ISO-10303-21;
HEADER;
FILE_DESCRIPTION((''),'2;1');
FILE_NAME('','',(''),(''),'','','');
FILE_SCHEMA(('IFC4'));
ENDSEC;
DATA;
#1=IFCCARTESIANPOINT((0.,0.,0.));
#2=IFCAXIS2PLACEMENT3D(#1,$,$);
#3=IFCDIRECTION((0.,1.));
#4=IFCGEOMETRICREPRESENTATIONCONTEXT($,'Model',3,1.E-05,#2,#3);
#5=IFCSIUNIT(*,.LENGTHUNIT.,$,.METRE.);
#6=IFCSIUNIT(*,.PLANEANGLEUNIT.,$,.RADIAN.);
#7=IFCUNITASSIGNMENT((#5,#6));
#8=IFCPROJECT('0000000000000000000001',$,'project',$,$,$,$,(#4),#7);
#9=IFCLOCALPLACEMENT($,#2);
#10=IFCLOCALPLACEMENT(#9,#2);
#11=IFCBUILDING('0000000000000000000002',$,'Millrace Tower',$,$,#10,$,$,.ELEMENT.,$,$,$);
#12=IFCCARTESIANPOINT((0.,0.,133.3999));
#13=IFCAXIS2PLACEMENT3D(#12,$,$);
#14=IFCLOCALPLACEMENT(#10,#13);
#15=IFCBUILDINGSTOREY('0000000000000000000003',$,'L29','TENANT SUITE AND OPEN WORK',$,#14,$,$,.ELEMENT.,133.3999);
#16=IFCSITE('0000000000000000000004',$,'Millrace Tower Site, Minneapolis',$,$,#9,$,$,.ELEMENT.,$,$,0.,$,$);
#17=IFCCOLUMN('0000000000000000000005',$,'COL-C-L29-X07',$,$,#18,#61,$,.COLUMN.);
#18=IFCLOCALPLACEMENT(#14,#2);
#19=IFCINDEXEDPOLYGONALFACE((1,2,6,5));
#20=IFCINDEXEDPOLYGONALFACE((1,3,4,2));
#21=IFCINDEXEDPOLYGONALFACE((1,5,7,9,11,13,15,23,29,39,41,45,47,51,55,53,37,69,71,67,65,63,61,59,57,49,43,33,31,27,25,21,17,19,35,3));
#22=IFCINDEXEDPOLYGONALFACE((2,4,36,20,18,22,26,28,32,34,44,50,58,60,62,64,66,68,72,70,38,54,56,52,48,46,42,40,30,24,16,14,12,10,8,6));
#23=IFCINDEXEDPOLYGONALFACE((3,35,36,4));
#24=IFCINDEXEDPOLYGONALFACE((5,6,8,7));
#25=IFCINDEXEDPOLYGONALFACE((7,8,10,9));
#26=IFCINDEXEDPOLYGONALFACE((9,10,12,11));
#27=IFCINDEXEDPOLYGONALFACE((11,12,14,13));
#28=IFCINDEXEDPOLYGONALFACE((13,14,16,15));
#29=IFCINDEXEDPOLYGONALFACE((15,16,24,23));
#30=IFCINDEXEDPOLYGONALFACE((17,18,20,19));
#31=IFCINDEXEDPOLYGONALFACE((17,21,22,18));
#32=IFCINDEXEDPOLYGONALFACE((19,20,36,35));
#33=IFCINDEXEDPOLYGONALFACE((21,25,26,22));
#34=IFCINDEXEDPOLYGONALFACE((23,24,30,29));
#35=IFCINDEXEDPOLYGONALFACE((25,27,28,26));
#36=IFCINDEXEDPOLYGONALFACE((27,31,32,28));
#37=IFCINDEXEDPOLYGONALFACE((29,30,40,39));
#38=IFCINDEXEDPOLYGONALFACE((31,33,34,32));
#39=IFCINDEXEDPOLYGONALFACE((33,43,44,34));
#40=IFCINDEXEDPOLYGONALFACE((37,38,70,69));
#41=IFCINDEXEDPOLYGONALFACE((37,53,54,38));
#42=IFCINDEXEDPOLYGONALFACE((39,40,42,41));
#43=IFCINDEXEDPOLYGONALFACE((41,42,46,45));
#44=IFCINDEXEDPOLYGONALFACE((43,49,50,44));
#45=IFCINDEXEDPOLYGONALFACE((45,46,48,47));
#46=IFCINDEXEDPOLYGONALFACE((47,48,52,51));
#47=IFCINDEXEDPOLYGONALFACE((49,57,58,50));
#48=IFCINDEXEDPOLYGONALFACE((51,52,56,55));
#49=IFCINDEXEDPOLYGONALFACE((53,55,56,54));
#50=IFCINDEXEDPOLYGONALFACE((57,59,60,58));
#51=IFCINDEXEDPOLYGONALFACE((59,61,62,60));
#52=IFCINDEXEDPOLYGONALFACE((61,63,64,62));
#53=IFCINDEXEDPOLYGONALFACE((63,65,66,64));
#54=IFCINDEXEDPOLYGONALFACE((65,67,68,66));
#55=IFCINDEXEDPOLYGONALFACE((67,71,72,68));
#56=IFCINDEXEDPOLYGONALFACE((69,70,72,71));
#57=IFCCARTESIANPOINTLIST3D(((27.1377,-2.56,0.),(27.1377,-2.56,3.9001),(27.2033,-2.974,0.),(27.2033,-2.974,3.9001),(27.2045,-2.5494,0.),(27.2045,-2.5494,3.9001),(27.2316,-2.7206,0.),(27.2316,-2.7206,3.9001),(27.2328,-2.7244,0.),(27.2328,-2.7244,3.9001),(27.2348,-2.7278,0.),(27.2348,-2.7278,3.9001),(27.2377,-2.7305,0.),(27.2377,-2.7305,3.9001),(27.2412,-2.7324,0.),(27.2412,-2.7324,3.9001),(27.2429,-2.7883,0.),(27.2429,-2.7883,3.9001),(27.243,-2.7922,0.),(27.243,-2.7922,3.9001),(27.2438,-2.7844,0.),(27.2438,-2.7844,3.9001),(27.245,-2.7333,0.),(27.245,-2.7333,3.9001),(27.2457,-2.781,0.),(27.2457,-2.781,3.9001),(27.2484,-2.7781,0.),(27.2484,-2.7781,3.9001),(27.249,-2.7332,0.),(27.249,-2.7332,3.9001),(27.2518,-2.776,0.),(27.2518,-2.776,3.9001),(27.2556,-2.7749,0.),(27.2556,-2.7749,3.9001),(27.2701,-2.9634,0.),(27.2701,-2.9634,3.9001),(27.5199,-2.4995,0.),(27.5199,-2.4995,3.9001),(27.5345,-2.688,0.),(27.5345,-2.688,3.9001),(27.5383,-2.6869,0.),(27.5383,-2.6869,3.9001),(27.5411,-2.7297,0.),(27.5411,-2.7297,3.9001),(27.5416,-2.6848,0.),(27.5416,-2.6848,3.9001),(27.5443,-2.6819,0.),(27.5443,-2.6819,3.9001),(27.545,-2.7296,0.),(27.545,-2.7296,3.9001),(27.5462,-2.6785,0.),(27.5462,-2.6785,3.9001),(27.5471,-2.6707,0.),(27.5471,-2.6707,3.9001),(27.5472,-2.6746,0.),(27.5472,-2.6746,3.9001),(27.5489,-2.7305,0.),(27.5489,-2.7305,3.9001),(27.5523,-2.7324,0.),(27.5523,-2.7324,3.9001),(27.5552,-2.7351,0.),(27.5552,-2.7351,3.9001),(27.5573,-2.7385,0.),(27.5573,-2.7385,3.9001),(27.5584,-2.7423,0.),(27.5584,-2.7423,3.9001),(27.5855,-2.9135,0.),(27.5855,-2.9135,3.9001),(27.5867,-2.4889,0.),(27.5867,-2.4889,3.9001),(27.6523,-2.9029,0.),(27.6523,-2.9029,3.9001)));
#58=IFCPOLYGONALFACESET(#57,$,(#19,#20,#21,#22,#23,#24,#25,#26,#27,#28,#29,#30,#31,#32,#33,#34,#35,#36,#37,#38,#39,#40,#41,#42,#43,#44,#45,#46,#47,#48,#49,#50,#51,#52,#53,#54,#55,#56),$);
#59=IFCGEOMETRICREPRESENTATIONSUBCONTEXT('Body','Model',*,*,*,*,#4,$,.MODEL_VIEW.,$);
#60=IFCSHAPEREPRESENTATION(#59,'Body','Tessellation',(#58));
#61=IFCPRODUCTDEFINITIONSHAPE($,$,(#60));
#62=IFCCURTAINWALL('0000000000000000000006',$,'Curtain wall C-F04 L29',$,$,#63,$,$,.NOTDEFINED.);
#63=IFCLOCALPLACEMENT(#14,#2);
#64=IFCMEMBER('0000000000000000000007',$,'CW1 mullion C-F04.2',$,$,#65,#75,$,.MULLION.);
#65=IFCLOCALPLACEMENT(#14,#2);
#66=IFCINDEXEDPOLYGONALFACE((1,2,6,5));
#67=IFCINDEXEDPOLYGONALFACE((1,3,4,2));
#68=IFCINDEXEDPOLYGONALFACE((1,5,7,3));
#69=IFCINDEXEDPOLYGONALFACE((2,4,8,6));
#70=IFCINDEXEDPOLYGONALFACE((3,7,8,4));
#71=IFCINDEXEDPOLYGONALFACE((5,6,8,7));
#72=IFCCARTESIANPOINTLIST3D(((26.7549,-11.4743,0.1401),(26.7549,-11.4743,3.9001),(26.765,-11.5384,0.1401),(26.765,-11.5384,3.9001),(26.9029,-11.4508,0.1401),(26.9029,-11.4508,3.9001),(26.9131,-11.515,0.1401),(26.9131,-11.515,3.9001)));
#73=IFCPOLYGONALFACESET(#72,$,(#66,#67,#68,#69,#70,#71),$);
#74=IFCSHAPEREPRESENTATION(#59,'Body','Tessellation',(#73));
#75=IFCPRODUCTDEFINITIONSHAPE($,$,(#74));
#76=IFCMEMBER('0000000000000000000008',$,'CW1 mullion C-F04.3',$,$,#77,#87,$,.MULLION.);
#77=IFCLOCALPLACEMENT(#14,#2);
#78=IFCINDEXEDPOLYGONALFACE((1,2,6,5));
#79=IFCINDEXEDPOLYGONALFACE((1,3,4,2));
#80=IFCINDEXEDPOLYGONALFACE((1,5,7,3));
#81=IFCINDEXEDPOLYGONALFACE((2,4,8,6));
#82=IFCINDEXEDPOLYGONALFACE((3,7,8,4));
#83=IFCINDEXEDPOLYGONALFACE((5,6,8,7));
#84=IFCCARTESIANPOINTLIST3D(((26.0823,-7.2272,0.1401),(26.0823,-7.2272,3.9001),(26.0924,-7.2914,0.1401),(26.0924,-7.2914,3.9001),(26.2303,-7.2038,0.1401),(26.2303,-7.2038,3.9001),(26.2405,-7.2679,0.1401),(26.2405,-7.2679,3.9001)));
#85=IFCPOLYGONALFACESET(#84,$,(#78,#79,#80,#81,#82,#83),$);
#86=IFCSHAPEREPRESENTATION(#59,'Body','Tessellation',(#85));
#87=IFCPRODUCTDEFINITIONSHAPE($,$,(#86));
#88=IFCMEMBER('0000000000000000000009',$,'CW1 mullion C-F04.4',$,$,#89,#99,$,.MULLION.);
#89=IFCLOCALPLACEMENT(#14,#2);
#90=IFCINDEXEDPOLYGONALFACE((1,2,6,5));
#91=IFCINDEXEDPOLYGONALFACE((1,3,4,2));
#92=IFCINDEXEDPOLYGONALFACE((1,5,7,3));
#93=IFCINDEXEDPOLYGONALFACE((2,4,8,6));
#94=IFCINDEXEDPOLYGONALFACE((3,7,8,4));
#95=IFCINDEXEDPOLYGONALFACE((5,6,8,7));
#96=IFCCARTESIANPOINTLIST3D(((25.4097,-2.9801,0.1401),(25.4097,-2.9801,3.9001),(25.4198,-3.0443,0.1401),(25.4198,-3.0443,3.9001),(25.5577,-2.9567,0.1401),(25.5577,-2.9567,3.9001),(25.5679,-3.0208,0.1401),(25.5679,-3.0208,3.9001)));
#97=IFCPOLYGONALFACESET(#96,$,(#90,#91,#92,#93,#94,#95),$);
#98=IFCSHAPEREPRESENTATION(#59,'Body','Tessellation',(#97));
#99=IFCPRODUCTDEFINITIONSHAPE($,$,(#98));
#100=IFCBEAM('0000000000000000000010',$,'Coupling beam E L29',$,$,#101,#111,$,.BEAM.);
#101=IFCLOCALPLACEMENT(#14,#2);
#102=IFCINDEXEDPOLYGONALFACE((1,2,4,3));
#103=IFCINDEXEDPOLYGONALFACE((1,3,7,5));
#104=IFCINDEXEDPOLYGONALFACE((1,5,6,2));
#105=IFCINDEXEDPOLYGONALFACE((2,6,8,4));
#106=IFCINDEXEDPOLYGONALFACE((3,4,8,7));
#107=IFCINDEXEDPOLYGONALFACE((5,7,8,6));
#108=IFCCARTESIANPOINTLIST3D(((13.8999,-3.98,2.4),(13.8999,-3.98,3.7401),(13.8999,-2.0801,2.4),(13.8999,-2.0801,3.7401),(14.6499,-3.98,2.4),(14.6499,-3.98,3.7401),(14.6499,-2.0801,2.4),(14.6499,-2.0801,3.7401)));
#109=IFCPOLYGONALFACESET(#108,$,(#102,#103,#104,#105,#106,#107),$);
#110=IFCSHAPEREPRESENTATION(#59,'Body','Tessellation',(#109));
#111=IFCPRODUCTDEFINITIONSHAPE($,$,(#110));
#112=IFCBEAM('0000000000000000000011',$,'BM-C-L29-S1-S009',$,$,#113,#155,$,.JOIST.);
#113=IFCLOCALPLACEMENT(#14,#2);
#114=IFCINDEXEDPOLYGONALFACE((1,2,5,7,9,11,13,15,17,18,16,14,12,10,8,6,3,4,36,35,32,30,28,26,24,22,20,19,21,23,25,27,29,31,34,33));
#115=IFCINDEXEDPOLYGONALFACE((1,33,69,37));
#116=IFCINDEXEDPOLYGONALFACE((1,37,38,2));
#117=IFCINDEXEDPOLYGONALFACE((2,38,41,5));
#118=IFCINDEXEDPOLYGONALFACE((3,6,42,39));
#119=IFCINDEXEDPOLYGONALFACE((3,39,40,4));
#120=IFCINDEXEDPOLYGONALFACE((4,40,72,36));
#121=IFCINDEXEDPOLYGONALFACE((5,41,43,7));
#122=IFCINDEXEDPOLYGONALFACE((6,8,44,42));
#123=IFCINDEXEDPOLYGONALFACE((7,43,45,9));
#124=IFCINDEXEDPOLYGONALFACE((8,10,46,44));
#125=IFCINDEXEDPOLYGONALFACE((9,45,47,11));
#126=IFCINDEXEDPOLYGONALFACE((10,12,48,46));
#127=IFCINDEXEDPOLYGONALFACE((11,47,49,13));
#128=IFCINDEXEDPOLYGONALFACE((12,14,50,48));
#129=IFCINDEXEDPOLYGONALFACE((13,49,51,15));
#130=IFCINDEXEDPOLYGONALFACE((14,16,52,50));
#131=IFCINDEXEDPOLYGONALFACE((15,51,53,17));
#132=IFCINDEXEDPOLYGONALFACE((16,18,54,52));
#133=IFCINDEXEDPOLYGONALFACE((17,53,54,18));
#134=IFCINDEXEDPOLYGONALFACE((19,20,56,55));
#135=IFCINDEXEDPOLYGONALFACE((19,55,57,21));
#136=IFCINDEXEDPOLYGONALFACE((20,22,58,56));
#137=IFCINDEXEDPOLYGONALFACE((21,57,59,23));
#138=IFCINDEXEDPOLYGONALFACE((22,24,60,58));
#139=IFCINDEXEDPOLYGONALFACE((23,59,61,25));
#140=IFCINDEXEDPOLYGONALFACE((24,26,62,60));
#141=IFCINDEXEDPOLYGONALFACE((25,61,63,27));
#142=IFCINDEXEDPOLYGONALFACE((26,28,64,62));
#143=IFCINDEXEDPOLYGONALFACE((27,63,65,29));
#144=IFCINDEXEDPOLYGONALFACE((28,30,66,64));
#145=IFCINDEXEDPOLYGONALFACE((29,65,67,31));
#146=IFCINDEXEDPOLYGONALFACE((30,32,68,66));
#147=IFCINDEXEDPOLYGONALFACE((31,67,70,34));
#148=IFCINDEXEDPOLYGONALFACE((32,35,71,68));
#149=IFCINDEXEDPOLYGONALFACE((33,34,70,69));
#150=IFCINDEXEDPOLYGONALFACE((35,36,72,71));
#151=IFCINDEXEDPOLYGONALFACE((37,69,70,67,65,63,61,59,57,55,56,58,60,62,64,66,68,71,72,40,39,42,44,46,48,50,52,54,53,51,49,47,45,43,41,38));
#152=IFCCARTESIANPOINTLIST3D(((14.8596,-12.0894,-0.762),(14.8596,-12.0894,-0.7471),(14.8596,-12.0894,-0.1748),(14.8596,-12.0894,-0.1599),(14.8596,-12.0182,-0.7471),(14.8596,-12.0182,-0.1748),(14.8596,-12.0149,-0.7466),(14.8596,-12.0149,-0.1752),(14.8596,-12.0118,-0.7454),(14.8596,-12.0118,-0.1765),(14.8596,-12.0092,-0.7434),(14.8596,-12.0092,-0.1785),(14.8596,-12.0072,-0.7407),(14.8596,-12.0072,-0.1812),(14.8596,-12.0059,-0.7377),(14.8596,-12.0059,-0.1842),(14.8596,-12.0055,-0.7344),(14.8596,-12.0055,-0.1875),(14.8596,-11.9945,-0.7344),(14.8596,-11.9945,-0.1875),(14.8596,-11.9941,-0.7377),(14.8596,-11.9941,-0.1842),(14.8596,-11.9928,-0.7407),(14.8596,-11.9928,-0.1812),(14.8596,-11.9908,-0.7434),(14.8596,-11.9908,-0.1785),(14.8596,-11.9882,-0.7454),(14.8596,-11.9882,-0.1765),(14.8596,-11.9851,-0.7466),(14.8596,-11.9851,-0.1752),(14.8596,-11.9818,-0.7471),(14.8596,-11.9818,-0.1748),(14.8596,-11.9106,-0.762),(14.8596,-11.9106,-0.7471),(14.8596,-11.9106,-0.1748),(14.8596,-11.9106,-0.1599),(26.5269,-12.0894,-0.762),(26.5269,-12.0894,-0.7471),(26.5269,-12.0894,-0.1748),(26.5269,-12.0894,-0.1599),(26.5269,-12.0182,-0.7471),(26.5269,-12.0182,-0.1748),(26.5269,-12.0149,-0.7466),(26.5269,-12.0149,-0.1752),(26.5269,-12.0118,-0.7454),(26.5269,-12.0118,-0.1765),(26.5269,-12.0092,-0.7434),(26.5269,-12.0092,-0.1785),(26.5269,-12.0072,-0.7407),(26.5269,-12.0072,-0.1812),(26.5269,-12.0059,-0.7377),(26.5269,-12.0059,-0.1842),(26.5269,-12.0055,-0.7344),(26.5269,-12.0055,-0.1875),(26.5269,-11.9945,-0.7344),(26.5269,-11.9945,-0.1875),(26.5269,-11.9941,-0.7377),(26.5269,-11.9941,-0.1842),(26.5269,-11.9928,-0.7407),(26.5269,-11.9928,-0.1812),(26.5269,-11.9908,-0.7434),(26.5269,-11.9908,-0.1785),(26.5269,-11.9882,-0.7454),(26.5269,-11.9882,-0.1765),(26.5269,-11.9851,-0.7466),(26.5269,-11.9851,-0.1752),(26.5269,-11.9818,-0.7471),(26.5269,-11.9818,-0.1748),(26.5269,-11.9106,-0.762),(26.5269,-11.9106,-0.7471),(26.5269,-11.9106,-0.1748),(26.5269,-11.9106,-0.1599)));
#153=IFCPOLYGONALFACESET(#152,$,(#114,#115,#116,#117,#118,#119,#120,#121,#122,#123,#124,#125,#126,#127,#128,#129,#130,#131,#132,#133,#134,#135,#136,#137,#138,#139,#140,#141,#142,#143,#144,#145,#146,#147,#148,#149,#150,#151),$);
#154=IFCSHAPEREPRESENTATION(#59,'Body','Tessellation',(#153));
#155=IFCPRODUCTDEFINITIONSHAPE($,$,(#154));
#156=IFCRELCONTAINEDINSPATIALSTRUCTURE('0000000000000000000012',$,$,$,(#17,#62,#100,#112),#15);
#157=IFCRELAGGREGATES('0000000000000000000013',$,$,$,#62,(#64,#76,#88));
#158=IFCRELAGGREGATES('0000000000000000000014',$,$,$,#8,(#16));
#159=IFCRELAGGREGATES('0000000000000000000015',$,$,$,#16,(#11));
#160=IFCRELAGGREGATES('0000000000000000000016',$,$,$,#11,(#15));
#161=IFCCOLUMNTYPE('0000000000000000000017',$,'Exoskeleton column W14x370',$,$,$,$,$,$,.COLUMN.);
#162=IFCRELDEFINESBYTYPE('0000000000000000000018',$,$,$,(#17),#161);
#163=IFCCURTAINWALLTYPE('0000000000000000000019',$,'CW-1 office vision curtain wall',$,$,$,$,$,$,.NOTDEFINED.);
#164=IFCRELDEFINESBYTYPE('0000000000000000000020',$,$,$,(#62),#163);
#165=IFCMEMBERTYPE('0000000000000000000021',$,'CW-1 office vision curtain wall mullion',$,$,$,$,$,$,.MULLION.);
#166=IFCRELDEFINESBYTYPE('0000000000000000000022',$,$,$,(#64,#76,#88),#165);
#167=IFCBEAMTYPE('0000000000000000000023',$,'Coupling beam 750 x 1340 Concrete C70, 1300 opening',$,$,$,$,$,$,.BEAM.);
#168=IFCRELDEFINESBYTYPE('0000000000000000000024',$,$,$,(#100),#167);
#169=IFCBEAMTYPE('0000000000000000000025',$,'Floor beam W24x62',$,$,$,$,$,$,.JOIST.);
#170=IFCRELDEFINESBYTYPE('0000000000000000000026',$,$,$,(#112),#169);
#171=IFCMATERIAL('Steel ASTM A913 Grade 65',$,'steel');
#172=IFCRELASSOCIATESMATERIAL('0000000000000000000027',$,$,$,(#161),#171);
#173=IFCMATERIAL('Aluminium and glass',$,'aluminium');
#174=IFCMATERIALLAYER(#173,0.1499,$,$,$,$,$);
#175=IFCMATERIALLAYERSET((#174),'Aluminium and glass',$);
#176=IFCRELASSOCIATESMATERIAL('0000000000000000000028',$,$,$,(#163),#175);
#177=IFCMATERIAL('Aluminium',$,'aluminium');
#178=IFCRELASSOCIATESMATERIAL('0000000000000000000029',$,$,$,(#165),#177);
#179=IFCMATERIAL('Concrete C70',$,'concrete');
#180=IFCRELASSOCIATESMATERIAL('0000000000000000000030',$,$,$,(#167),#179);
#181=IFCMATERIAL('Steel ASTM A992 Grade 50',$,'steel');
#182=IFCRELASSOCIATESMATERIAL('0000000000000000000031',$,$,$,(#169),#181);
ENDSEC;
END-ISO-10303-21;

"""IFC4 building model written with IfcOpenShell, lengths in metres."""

from ifc_helpers import new_model, si_unit, direction, frame, origin, origin_2d, place, context, subcontext, project, spatial, rectangle, i_section, extrude, material, layer, layer_set, material_profile, profile_set, type_object, element, aggregate, save


model = new_model("IFC4")

# Units and contexts
model_context = context("Model", 3, precision=1e-05, world=origin(), true_north=direction((0.0, 1.0)))
body_context = subcontext(model_context, "Body", "Model", "MODEL_VIEW")
ifc_project = project(units=[si_unit("LENGTHUNIT", "METRE"), si_unit("PLANEANGLEUNIT", "RADIAN")], contexts=[model_context])

# Site, building, storey
site_placement = place(None, origin())
site = spatial("IfcSite", under=ifc_project, at=site_placement, Name="Millrace Tower Site, Minneapolis", CompositionType="ELEMENT", RefElevation=0.0)
building_placement = place(site_placement, origin())
building = spatial("IfcBuilding", under=site, at=building_placement, Name="Millrace Tower", CompositionType="ELEMENT")
storey_placement = place(building_placement, frame((0.0, 0.0, 133.3999)))
storey = spatial("IfcBuildingStorey", under=building, at=storey_placement, Name="L29", Description="TENANT SUITE AND OPEN WORK", CompositionType="ELEMENT", Elevation=133.3999)

# Column
ifc_material_1 = material(Name="Steel ASTM A913 Grade 65", Category="steel")
ifc_material_profile_1 = material_profile(ifc_material_1, i_section(OverallWidth=0.4192, OverallDepth=0.4546, WebThickness=0.0422, FlangeThickness=0.0676, FilletRadius=0.0151, at=origin_2d()))
ifc_profile_set_1 = profile_set([ifc_material_profile_1], Name="Steel ASTM A913 Grade 65")
column_type = type_object("IfcColumnType", Name="Exoskeleton column W14x370", PredefinedType="COLUMN", material=ifc_profile_set_1)
column_placement = place(storey_placement, frame((27.395, -2.7314, 0.0), z_axis=(0.0, 0.0, 1.0), x_axis=(-0.156434, 0.987688, 0.0)))
element("IfcColumn", 1, at=column_placement, inside=storey, type_object=column_type, Name="COL-C-L29-X07", PredefinedType="COLUMN", context=body_context, shape_type="SweptSolid", body=[
    extrude(i_section(OverallWidth=0.4192, OverallDepth=0.4546, WebThickness=0.0422, FlangeThickness=0.0676, FilletRadius=0.0151, at=origin_2d()), origin(), (0.0, 0.0, 1.0), 3.9001),
])

# Curtain wall, members
ifc_material_2 = material(Name="Aluminium and glass", Category="aluminium")
ifc_layer_1 = layer(ifc_material_2, 0.1499)
ifc_layer_set_1 = layer_set([ifc_layer_1], Name="Aluminium and glass")
curtain_wall_type = type_object("IfcCurtainWallType", Name="CW-1 office vision curtain wall", PredefinedType="NOTDEFINED", material=ifc_layer_set_1)
placement = place(storey_placement, origin())
curtain_wall = element("IfcCurtainWall", 2, at=placement, inside=storey, type_object=curtain_wall_type, Name="Curtain wall C-F04 L29", PredefinedType="NOTDEFINED")
ifc_material_3 = material(Name="Aluminium", Category="aluminium")
ifc_material_profile_2 = material_profile(ifc_material_3, rectangle(XDim=0.0649, YDim=0.1499, at=origin_2d()))
ifc_profile_set_2 = profile_set([ifc_material_profile_2], Name="Aluminium")
member_type = type_object("IfcMemberType", Name="CW-1 office vision curtain wall mullion", PredefinedType="MULLION", material=ifc_profile_set_2)
member_1_placement = place(storey_placement, frame((26.834, -11.4946, 0.1401), z_axis=(0.0, 0.0, 1.0), x_axis=(-0.156434, 0.987688, 0.0)))
member_1 = element("IfcMember", 3, at=member_1_placement, type_object=member_type, Name="CW1 mullion C-F04.2", PredefinedType="MULLION", context=body_context, shape_type="SweptSolid", body=[
    extrude(rectangle(XDim=0.0649, YDim=0.1499, at=origin_2d()), origin(), (0.0, 0.0, 1.0), 3.76),
])
member_2_placement = place(storey_placement, frame((26.1614, -7.2476, 0.1401), z_axis=(0.0, 0.0, 1.0), x_axis=(-0.156434, 0.987688, 0.0)))
member_2 = element("IfcMember", 4, at=member_2_placement, type_object=member_type, Name="CW1 mullion C-F04.3", PredefinedType="MULLION", context=body_context, shape_type="SweptSolid", body=[
    extrude(rectangle(XDim=0.0649, YDim=0.1499, at=origin_2d()), origin(), (0.0, 0.0, 1.0), 3.76),
])
member_3_placement = place(storey_placement, frame((25.4888, -3.0005, 0.1401), z_axis=(0.0, 0.0, 1.0), x_axis=(-0.156434, 0.987688, 0.0)))
member_3 = element("IfcMember", 5, at=member_3_placement, type_object=member_type, Name="CW1 mullion C-F04.4", PredefinedType="MULLION", context=body_context, shape_type="SweptSolid", body=[
    extrude(rectangle(XDim=0.0649, YDim=0.1499, at=origin_2d()), origin(), (0.0, 0.0, 1.0), 3.76),
])
aggregate(curtain_wall, [member_1, member_2, member_3])

# Beams
ifc_material_4 = material(Name="Concrete C70", Category="concrete")
ifc_material_profile_3 = material_profile(ifc_material_4, rectangle(XDim=0.75, YDim=1.3401, at=origin_2d()))
ifc_profile_set_3 = profile_set([ifc_material_profile_3], Name="Concrete C70")
beam_type_1 = type_object("IfcBeamType", Name="Coupling beam 750 x 1340 Concrete C70, 1300 opening", PredefinedType="BEAM", material=ifc_profile_set_3)
beam_1_placement = place(storey_placement, frame((14.2749, -2.0801, 3.0701), z_axis=(0.0, -1.0, 0.0), x_axis=(1.0, 0.0, 0.0)))
element("IfcBeam", 6, at=beam_1_placement, inside=storey, type_object=beam_type_1, Name="Coupling beam E L29", PredefinedType="BEAM", context=body_context, shape_type="SweptSolid", body=[
    extrude(rectangle(XDim=0.75, YDim=1.3401, at=origin_2d()), origin(), (0.0, 0.0, 1.0), 1.8999),
])
ifc_material_5 = material(Name="Steel ASTM A992 Grade 50", Category="steel")
ifc_material_profile_4 = material_profile(ifc_material_5, i_section(OverallWidth=0.1787, OverallDepth=0.6021, WebThickness=0.011, FlangeThickness=0.0149, FilletRadius=0.0127, at=origin_2d()))
ifc_profile_set_4 = profile_set([ifc_material_profile_4], Name="Steel ASTM A992 Grade 50")
beam_type_2 = type_object("IfcBeamType", Name="Floor beam W24x62", PredefinedType="JOIST", material=ifc_profile_set_4)
beam_2_placement = place(storey_placement, frame((14.8596, -12.0, -0.4609), z_axis=(1.0, 0.0, 0.0), x_axis=(0.0, 1.0, 0.0)))
element("IfcBeam", 7, at=beam_2_placement, inside=storey, type_object=beam_type_2, Name="BM-C-L29-S1-S009", PredefinedType="JOIST", context=body_context, shape_type="SweptSolid", body=[
    extrude(i_section(OverallWidth=0.1787, OverallDepth=0.6021, WebThickness=0.011, FlangeThickness=0.0149, FilletRadius=0.0127, at=origin_2d()), origin(), (0.0, 0.0, 1.0), 11.6672),
])

save(model, "model.ifc")
